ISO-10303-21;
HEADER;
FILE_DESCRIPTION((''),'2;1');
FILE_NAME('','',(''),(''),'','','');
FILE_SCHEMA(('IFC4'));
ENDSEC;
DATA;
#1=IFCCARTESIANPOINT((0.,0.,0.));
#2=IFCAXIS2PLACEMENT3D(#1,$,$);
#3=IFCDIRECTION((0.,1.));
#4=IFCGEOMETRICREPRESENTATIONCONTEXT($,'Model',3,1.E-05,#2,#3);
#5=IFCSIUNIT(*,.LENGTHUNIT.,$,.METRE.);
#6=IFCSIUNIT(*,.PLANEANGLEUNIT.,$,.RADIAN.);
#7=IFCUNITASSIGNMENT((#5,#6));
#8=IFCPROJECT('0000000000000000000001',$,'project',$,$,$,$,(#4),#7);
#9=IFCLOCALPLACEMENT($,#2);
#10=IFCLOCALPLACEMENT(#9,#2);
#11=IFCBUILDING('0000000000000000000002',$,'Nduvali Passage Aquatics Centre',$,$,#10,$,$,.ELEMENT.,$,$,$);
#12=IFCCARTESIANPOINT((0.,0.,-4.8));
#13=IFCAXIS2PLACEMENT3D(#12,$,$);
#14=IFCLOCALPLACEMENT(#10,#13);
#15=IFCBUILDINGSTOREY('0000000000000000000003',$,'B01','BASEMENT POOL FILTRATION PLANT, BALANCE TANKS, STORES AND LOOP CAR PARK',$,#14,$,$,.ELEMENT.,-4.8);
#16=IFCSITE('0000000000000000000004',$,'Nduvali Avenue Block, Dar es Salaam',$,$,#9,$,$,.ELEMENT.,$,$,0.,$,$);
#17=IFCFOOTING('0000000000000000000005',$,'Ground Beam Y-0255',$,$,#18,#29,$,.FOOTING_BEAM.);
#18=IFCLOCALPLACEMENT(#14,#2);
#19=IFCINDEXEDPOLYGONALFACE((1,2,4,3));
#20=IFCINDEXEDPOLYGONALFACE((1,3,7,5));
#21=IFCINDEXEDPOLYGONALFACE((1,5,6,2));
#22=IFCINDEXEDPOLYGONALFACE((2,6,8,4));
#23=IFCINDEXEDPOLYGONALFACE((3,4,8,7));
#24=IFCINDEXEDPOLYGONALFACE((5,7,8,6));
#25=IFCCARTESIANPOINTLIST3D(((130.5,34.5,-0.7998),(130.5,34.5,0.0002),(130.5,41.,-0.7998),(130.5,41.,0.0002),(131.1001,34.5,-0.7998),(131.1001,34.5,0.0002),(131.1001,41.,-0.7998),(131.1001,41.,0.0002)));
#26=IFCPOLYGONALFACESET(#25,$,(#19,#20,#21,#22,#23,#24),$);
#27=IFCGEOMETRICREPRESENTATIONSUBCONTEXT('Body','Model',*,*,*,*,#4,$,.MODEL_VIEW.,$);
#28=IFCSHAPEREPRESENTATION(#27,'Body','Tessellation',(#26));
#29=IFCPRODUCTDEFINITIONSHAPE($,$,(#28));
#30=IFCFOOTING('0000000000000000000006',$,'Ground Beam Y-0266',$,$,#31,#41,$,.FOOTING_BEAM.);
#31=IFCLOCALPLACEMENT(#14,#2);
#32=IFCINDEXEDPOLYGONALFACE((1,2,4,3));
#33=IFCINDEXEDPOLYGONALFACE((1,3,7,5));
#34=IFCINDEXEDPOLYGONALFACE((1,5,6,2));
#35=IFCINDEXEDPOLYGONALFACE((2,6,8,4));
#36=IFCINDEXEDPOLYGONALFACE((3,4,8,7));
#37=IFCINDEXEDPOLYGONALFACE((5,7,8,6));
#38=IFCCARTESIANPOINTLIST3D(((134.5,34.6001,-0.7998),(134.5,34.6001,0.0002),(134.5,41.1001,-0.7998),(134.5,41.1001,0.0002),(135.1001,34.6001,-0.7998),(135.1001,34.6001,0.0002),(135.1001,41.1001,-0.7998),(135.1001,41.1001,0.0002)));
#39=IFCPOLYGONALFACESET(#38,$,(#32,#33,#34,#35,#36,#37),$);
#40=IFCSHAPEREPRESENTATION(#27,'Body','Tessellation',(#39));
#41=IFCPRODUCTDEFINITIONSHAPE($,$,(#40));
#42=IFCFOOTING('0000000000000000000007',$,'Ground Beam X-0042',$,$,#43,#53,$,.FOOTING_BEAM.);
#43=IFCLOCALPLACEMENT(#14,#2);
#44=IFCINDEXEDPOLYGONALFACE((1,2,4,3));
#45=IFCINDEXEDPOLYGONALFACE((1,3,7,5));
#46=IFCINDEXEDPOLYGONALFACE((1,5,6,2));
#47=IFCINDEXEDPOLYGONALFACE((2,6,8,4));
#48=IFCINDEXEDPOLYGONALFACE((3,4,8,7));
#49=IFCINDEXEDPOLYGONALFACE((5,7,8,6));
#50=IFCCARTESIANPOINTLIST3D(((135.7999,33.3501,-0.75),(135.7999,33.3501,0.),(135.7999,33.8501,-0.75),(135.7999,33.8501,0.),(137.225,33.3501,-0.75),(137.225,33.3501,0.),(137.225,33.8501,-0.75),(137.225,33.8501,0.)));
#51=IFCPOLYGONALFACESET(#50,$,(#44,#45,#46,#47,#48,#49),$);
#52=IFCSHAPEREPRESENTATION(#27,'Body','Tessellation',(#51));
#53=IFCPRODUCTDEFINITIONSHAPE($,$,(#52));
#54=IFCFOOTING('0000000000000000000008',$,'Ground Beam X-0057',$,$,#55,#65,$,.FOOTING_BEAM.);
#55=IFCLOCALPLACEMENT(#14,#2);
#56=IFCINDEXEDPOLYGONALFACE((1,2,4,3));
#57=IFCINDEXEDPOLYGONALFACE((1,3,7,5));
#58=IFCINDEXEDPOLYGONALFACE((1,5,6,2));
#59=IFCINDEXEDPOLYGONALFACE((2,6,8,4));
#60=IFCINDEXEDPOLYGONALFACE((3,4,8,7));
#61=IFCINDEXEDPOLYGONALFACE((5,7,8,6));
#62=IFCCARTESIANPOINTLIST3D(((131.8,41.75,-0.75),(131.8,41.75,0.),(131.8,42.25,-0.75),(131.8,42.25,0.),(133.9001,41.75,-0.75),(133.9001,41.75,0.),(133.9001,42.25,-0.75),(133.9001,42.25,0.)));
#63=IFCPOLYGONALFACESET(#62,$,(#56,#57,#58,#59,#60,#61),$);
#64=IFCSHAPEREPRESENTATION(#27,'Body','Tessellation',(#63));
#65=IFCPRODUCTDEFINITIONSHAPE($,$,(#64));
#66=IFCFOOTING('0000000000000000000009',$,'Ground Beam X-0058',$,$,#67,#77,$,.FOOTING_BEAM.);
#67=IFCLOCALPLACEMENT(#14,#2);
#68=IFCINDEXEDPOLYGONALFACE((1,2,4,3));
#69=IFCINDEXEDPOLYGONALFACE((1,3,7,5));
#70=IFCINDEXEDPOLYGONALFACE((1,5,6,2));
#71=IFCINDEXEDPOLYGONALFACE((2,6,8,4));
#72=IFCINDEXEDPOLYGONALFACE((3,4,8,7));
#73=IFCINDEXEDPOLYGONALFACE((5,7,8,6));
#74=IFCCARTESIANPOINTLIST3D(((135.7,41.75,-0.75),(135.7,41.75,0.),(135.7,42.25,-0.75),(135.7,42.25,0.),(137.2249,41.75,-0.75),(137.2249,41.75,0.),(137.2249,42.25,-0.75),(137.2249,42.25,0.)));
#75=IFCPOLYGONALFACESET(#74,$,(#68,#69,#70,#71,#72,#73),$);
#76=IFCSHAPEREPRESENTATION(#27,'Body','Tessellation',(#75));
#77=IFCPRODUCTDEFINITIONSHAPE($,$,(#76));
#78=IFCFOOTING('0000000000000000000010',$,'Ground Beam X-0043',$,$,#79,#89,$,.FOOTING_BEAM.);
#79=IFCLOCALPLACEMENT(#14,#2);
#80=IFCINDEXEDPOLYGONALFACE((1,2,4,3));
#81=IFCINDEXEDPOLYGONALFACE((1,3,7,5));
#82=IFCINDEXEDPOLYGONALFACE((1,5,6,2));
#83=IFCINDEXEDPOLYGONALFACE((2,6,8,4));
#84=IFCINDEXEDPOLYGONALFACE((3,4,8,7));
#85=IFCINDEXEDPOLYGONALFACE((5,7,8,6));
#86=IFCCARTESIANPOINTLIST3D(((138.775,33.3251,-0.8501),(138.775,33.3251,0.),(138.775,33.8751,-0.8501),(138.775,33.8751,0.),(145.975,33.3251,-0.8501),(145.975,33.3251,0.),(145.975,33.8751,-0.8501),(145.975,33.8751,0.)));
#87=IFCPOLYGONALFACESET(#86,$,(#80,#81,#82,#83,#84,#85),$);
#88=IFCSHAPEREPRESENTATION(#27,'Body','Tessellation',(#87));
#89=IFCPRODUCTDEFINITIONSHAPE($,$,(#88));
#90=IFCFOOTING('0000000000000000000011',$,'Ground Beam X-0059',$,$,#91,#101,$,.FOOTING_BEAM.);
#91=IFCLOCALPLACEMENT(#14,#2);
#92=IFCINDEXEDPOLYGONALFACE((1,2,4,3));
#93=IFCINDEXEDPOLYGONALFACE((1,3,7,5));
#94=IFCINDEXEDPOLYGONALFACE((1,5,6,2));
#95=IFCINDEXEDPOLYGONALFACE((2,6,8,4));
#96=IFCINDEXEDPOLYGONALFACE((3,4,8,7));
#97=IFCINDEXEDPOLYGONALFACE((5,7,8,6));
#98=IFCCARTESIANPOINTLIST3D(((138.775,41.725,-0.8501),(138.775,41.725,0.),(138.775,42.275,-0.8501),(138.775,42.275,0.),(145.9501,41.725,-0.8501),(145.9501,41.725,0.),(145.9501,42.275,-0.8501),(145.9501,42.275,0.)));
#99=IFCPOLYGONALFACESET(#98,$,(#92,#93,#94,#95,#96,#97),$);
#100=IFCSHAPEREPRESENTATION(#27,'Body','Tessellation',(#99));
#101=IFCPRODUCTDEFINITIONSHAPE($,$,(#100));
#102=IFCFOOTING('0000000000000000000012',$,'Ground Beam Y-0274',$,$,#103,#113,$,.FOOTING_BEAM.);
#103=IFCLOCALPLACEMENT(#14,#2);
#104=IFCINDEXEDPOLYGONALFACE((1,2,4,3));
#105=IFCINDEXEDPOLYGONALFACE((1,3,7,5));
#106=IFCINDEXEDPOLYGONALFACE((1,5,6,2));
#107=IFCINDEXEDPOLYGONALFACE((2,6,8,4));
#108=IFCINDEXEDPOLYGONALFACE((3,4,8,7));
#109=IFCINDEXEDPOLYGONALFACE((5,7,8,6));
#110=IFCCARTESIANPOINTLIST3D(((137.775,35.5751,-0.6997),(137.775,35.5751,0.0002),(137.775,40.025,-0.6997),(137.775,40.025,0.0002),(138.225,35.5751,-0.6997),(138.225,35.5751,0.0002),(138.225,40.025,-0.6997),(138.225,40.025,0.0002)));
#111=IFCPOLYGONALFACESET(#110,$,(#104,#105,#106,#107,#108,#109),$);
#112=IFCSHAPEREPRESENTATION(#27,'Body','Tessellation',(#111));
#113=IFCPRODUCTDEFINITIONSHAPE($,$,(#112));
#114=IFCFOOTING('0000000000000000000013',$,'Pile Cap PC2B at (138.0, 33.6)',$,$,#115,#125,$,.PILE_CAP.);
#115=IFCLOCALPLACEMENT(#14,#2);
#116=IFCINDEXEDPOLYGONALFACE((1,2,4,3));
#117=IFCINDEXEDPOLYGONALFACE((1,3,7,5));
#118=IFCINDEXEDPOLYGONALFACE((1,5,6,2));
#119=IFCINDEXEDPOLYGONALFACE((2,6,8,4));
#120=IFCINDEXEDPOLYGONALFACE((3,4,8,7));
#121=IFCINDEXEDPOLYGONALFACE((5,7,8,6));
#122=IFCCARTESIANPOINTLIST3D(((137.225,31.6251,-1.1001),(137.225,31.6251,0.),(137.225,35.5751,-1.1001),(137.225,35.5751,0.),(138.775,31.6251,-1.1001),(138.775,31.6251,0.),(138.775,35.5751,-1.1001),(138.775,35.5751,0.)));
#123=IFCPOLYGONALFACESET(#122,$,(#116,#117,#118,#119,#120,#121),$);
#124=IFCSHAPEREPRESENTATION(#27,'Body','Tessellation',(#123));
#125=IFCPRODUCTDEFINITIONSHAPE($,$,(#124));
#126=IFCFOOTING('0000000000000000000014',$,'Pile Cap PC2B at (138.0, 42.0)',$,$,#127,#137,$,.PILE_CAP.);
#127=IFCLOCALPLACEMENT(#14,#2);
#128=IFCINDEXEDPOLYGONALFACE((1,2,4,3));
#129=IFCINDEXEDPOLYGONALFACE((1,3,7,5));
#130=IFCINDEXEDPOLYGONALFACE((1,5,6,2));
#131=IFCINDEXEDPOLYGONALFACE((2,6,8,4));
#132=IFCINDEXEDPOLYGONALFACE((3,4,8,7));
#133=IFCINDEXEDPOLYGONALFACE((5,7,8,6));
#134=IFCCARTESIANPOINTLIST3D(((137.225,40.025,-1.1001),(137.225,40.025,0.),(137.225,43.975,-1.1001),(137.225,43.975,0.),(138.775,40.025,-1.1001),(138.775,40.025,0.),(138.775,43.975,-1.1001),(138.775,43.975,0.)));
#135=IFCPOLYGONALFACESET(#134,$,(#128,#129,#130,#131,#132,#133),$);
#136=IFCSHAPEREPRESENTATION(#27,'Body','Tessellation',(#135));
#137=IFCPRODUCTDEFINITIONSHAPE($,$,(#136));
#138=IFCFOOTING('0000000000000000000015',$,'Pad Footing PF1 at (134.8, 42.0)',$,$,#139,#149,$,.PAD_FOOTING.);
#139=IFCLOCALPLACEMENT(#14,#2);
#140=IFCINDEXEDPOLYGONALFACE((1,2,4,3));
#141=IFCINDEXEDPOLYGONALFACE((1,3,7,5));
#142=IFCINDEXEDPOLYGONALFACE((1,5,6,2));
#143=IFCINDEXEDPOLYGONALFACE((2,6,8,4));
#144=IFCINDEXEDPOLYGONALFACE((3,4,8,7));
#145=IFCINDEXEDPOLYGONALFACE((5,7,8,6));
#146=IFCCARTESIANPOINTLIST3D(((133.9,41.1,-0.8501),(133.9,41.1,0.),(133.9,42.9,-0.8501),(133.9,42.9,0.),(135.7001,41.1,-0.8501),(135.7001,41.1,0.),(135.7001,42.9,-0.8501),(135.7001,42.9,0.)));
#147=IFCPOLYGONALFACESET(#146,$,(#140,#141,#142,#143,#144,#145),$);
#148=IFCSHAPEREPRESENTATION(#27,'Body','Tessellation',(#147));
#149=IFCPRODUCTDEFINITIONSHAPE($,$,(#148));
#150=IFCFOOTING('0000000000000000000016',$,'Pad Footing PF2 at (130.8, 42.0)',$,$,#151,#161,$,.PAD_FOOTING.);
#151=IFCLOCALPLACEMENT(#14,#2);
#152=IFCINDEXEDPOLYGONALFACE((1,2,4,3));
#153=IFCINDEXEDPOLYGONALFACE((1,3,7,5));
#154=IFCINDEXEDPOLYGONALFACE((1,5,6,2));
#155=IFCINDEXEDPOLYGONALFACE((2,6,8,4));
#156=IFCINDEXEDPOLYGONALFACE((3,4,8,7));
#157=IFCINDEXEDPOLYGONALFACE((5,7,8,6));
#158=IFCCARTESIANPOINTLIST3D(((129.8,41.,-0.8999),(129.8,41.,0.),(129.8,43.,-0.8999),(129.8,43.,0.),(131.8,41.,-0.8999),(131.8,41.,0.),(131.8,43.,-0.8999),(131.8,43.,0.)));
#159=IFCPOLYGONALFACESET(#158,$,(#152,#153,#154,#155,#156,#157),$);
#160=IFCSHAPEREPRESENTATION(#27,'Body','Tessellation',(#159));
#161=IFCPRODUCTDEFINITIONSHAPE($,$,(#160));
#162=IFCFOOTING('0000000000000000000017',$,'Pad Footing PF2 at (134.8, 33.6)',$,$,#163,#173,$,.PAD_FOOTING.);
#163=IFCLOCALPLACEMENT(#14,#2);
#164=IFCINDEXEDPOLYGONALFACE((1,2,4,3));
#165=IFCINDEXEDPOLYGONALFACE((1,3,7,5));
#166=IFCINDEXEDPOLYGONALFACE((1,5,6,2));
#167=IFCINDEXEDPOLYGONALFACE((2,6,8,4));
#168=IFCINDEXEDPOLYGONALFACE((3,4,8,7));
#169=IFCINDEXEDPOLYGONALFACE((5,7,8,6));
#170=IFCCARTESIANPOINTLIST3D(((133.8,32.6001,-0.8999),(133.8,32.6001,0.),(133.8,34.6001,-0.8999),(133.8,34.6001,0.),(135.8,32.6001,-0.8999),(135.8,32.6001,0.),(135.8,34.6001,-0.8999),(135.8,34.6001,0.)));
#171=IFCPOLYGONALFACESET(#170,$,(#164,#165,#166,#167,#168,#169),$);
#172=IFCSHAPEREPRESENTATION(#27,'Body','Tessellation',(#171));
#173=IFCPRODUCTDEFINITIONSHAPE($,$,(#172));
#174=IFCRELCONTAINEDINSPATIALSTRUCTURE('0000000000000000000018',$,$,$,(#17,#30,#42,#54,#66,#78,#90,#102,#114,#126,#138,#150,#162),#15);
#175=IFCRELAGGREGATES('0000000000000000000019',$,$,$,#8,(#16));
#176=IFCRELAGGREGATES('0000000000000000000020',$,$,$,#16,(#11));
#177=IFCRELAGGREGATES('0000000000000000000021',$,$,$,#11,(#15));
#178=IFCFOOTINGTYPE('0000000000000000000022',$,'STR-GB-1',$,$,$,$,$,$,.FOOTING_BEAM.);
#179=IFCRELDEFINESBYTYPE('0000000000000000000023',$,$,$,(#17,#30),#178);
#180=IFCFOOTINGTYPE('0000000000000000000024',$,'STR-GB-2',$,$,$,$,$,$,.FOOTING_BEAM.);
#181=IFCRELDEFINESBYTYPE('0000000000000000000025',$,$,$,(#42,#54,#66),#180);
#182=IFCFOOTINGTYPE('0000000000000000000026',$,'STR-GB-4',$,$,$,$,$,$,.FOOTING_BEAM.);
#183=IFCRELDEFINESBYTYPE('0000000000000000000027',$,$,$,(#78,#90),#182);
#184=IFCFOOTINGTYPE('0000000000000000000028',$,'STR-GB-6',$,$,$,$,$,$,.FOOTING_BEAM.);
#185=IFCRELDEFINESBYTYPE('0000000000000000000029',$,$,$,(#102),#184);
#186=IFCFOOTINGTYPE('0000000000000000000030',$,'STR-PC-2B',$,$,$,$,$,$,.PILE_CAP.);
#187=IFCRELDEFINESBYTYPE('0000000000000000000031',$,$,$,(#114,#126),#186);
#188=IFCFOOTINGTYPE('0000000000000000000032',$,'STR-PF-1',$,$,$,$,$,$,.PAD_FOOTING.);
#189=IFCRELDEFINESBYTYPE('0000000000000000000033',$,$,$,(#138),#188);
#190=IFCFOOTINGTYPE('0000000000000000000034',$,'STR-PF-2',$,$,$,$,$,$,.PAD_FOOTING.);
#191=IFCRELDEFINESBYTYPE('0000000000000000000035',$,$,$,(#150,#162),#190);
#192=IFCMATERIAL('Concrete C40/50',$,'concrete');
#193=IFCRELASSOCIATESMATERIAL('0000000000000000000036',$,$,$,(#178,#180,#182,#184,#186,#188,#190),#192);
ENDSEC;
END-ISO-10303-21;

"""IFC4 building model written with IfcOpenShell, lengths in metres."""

from ifc_helpers import new_model, si_unit, direction, frame, origin, origin_2d, place, context, subcontext, project, spatial, rectangle, extrude, material, type_object, element, save


model = new_model("IFC4")

# Units and contexts
model_context = context("Model", 3, precision=1e-05, world=origin(), true_north=direction((0.0, 1.0)))
body_context = subcontext(model_context, "Body", "Model", "MODEL_VIEW")
ifc_project = project(units=[si_unit("LENGTHUNIT", "METRE"), si_unit("PLANEANGLEUNIT", "RADIAN")], contexts=[model_context])

# Site, building, storey
site_placement = place(None, origin())
site = spatial("IfcSite", under=ifc_project, at=site_placement, Name="Nduvali Avenue Block, Dar es Salaam", CompositionType="ELEMENT", RefElevation=0.0)
building_placement = place(site_placement, origin())
building = spatial("IfcBuilding", under=site, at=building_placement, Name="Nduvali Passage Aquatics Centre", CompositionType="ELEMENT")
storey_placement = place(building_placement, frame((0.0, 0.0, -4.8)))
storey = spatial("IfcBuildingStorey", under=building, at=storey_placement, Name="B01", Description="BASEMENT POOL FILTRATION PLANT, BALANCE TANKS, STORES AND LOOP CAR PARK", CompositionType="ELEMENT", Elevation=-4.8)

# Footings
ifc_material = material(Name="Concrete C40/50", Category="concrete")
footing_type_1 = type_object("IfcFootingType", Name="STR-GB-1", PredefinedType="FOOTING_BEAM", material=ifc_material)
for number, where, z_axis, x_axis, name in (
    (1, (130.8, 37.75, -0.7998), (0.0, 0.0, 1.0), (0.0, 1.0, 0.0), "Ground Beam Y-0255"),
    (2, (134.8, 37.8501, -0.7998), (0.0, 0.0, 1.0), (0.0, 1.0, 0.0), "Ground Beam Y-0266"),
):
    element("IfcFooting", number, at=place(storey_placement, frame(where, z_axis=z_axis, x_axis=x_axis)), inside=storey, type_object=footing_type_1, Name=name, PredefinedType="FOOTING_BEAM", context=body_context, shape_type="SweptSolid", body=[
        extrude(rectangle(XDim=6.5, YDim=0.6001, at=origin_2d()), origin(), (0.0, 0.0, 1.0), 0.8),
    ])
footing_type_2 = type_object("IfcFootingType", Name="STR-GB-2", PredefinedType="FOOTING_BEAM", material=ifc_material)
footing_1_placement = place(storey_placement, frame((136.5125, 33.6001, -0.75), z_axis=(0.0, 0.0, 1.0), x_axis=(1.0, 0.0, 0.0)))
element("IfcFooting", 3, at=footing_1_placement, inside=storey, type_object=footing_type_2, Name="Ground Beam X-0042", PredefinedType="FOOTING_BEAM", context=body_context, shape_type="SweptSolid", body=[
    extrude(rectangle(XDim=1.425, YDim=0.5, at=origin_2d()), origin(), (0.0, 0.0, 1.0), 0.75),
])
footing_2_placement = place(storey_placement, frame((132.8501, 42.0, -0.75), z_axis=(0.0, 0.0, 1.0), x_axis=(1.0, 0.0, 0.0)))
element("IfcFooting", 4, at=footing_2_placement, inside=storey, type_object=footing_type_2, Name="Ground Beam X-0057", PredefinedType="FOOTING_BEAM", context=body_context, shape_type="SweptSolid", body=[
    extrude(rectangle(XDim=2.1001, YDim=0.5, at=origin_2d()), origin(), (0.0, 0.0, 1.0), 0.75),
])
footing_3_placement = place(storey_placement, frame((136.4624, 42.0, -0.75), z_axis=(0.0, 0.0, 1.0), x_axis=(1.0, 0.0, 0.0)))
element("IfcFooting", 5, at=footing_3_placement, inside=storey, type_object=footing_type_2, Name="Ground Beam X-0058", PredefinedType="FOOTING_BEAM", context=body_context, shape_type="SweptSolid", body=[
    extrude(rectangle(XDim=1.5249, YDim=0.5, at=origin_2d()), origin(), (0.0, 0.0, 1.0), 0.75),
])
footing_type_3 = type_object("IfcFootingType", Name="STR-GB-4", PredefinedType="FOOTING_BEAM", material=ifc_material)
footing_4_placement = place(storey_placement, frame((142.375, 33.6001, -0.8501), z_axis=(0.0, 0.0, 1.0), x_axis=(1.0, 0.0, 0.0)))
element("IfcFooting", 6, at=footing_4_placement, inside=storey, type_object=footing_type_3, Name="Ground Beam X-0043", PredefinedType="FOOTING_BEAM", context=body_context, shape_type="SweptSolid", body=[
    extrude(rectangle(XDim=7.2, YDim=0.55, at=origin_2d()), origin(), (0.0, 0.0, 1.0), 0.8501),
])
footing_5_placement = place(storey_placement, frame((142.3625, 42.0, -0.8501), z_axis=(0.0, 0.0, 1.0), x_axis=(1.0, 0.0, 0.0)))
element("IfcFooting", 7, at=footing_5_placement, inside=storey, type_object=footing_type_3, Name="Ground Beam X-0059", PredefinedType="FOOTING_BEAM", context=body_context, shape_type="SweptSolid", body=[
    extrude(rectangle(XDim=7.175, YDim=0.55, at=origin_2d()), origin(), (0.0, 0.0, 1.0), 0.8501),
])
footing_type_4 = type_object("IfcFootingType", Name="STR-GB-6", PredefinedType="FOOTING_BEAM", material=ifc_material)
footing_6_placement = place(storey_placement, frame((138.0, 37.8, -0.6997), z_axis=(0.0, 0.0, 1.0), x_axis=(0.0, 1.0, 0.0)))
element("IfcFooting", 8, at=footing_6_placement, inside=storey, type_object=footing_type_4, Name="Ground Beam Y-0274", PredefinedType="FOOTING_BEAM", context=body_context, shape_type="SweptSolid", body=[
    extrude(rectangle(XDim=4.45, YDim=0.45, at=origin_2d()), origin(), (0.0, 0.0, 1.0), 0.7),
])
footing_type_5 = type_object("IfcFootingType", Name="STR-PC-2B", PredefinedType="PILE_CAP", material=ifc_material)
for number, where, z_axis, x_axis, name in (
    (9, (138.0, 33.6001, -1.1001), (0.0, 0.0, 1.0), (1.0, 0.0, 0.0), "Pile Cap PC2B at (138.0, 33.6)"),
    (10, (138.0, 42.0, -1.1001), (0.0, 0.0, 1.0), (1.0, 0.0, 0.0), "Pile Cap PC2B at (138.0, 42.0)"),
):
    element("IfcFooting", number, at=place(storey_placement, frame(where, z_axis=z_axis, x_axis=x_axis)), inside=storey, type_object=footing_type_5, Name=name, PredefinedType="PILE_CAP", context=body_context, shape_type="SweptSolid", body=[
        extrude(rectangle(XDim=1.55, YDim=3.95, at=origin_2d()), origin(), (0.0, 0.0, 1.0), 1.1001),
    ])
footing_type_6 = type_object("IfcFootingType", Name="STR-PF-1", PredefinedType="PAD_FOOTING", material=ifc_material)
footing_7_placement = place(storey_placement, frame((134.8, 42.0, -0.8501), z_axis=(0.0, 0.0, 1.0), x_axis=(1.0, 0.0, 0.0)))
element("IfcFooting", 11, at=footing_7_placement, inside=storey, type_object=footing_type_6, Name="Pad Footing PF1 at (134.8, 42.0)", PredefinedType="PAD_FOOTING", context=body_context, shape_type="SweptSolid", body=[
    extrude(rectangle(XDim=1.8, YDim=1.8, at=origin_2d()), origin(), (0.0, 0.0, 1.0), 0.8501),
])
footing_type_7 = type_object("IfcFootingType", Name="STR-PF-2", PredefinedType="PAD_FOOTING", material=ifc_material)
for number, where, z_axis, x_axis, name in (
    (12, (130.8, 42.0, -0.8999), (0.0, 0.0, 1.0), (1.0, 0.0, 0.0), "Pad Footing PF2 at (130.8, 42.0)"),
    (13, (134.8, 33.6001, -0.8999), (0.0, 0.0, 1.0), (1.0, 0.0, 0.0), "Pad Footing PF2 at (134.8, 33.6)"),
):
    element("IfcFooting", number, at=place(storey_placement, frame(where, z_axis=z_axis, x_axis=x_axis)), inside=storey, type_object=footing_type_7, Name=name, PredefinedType="PAD_FOOTING", context=body_context, shape_type="SweptSolid", body=[
        extrude(rectangle(XDim=2.0, YDim=2.0, at=origin_2d()), origin(), (0.0, 0.0, 1.0), 0.8999),
    ])

save(model, "model.ifc")
